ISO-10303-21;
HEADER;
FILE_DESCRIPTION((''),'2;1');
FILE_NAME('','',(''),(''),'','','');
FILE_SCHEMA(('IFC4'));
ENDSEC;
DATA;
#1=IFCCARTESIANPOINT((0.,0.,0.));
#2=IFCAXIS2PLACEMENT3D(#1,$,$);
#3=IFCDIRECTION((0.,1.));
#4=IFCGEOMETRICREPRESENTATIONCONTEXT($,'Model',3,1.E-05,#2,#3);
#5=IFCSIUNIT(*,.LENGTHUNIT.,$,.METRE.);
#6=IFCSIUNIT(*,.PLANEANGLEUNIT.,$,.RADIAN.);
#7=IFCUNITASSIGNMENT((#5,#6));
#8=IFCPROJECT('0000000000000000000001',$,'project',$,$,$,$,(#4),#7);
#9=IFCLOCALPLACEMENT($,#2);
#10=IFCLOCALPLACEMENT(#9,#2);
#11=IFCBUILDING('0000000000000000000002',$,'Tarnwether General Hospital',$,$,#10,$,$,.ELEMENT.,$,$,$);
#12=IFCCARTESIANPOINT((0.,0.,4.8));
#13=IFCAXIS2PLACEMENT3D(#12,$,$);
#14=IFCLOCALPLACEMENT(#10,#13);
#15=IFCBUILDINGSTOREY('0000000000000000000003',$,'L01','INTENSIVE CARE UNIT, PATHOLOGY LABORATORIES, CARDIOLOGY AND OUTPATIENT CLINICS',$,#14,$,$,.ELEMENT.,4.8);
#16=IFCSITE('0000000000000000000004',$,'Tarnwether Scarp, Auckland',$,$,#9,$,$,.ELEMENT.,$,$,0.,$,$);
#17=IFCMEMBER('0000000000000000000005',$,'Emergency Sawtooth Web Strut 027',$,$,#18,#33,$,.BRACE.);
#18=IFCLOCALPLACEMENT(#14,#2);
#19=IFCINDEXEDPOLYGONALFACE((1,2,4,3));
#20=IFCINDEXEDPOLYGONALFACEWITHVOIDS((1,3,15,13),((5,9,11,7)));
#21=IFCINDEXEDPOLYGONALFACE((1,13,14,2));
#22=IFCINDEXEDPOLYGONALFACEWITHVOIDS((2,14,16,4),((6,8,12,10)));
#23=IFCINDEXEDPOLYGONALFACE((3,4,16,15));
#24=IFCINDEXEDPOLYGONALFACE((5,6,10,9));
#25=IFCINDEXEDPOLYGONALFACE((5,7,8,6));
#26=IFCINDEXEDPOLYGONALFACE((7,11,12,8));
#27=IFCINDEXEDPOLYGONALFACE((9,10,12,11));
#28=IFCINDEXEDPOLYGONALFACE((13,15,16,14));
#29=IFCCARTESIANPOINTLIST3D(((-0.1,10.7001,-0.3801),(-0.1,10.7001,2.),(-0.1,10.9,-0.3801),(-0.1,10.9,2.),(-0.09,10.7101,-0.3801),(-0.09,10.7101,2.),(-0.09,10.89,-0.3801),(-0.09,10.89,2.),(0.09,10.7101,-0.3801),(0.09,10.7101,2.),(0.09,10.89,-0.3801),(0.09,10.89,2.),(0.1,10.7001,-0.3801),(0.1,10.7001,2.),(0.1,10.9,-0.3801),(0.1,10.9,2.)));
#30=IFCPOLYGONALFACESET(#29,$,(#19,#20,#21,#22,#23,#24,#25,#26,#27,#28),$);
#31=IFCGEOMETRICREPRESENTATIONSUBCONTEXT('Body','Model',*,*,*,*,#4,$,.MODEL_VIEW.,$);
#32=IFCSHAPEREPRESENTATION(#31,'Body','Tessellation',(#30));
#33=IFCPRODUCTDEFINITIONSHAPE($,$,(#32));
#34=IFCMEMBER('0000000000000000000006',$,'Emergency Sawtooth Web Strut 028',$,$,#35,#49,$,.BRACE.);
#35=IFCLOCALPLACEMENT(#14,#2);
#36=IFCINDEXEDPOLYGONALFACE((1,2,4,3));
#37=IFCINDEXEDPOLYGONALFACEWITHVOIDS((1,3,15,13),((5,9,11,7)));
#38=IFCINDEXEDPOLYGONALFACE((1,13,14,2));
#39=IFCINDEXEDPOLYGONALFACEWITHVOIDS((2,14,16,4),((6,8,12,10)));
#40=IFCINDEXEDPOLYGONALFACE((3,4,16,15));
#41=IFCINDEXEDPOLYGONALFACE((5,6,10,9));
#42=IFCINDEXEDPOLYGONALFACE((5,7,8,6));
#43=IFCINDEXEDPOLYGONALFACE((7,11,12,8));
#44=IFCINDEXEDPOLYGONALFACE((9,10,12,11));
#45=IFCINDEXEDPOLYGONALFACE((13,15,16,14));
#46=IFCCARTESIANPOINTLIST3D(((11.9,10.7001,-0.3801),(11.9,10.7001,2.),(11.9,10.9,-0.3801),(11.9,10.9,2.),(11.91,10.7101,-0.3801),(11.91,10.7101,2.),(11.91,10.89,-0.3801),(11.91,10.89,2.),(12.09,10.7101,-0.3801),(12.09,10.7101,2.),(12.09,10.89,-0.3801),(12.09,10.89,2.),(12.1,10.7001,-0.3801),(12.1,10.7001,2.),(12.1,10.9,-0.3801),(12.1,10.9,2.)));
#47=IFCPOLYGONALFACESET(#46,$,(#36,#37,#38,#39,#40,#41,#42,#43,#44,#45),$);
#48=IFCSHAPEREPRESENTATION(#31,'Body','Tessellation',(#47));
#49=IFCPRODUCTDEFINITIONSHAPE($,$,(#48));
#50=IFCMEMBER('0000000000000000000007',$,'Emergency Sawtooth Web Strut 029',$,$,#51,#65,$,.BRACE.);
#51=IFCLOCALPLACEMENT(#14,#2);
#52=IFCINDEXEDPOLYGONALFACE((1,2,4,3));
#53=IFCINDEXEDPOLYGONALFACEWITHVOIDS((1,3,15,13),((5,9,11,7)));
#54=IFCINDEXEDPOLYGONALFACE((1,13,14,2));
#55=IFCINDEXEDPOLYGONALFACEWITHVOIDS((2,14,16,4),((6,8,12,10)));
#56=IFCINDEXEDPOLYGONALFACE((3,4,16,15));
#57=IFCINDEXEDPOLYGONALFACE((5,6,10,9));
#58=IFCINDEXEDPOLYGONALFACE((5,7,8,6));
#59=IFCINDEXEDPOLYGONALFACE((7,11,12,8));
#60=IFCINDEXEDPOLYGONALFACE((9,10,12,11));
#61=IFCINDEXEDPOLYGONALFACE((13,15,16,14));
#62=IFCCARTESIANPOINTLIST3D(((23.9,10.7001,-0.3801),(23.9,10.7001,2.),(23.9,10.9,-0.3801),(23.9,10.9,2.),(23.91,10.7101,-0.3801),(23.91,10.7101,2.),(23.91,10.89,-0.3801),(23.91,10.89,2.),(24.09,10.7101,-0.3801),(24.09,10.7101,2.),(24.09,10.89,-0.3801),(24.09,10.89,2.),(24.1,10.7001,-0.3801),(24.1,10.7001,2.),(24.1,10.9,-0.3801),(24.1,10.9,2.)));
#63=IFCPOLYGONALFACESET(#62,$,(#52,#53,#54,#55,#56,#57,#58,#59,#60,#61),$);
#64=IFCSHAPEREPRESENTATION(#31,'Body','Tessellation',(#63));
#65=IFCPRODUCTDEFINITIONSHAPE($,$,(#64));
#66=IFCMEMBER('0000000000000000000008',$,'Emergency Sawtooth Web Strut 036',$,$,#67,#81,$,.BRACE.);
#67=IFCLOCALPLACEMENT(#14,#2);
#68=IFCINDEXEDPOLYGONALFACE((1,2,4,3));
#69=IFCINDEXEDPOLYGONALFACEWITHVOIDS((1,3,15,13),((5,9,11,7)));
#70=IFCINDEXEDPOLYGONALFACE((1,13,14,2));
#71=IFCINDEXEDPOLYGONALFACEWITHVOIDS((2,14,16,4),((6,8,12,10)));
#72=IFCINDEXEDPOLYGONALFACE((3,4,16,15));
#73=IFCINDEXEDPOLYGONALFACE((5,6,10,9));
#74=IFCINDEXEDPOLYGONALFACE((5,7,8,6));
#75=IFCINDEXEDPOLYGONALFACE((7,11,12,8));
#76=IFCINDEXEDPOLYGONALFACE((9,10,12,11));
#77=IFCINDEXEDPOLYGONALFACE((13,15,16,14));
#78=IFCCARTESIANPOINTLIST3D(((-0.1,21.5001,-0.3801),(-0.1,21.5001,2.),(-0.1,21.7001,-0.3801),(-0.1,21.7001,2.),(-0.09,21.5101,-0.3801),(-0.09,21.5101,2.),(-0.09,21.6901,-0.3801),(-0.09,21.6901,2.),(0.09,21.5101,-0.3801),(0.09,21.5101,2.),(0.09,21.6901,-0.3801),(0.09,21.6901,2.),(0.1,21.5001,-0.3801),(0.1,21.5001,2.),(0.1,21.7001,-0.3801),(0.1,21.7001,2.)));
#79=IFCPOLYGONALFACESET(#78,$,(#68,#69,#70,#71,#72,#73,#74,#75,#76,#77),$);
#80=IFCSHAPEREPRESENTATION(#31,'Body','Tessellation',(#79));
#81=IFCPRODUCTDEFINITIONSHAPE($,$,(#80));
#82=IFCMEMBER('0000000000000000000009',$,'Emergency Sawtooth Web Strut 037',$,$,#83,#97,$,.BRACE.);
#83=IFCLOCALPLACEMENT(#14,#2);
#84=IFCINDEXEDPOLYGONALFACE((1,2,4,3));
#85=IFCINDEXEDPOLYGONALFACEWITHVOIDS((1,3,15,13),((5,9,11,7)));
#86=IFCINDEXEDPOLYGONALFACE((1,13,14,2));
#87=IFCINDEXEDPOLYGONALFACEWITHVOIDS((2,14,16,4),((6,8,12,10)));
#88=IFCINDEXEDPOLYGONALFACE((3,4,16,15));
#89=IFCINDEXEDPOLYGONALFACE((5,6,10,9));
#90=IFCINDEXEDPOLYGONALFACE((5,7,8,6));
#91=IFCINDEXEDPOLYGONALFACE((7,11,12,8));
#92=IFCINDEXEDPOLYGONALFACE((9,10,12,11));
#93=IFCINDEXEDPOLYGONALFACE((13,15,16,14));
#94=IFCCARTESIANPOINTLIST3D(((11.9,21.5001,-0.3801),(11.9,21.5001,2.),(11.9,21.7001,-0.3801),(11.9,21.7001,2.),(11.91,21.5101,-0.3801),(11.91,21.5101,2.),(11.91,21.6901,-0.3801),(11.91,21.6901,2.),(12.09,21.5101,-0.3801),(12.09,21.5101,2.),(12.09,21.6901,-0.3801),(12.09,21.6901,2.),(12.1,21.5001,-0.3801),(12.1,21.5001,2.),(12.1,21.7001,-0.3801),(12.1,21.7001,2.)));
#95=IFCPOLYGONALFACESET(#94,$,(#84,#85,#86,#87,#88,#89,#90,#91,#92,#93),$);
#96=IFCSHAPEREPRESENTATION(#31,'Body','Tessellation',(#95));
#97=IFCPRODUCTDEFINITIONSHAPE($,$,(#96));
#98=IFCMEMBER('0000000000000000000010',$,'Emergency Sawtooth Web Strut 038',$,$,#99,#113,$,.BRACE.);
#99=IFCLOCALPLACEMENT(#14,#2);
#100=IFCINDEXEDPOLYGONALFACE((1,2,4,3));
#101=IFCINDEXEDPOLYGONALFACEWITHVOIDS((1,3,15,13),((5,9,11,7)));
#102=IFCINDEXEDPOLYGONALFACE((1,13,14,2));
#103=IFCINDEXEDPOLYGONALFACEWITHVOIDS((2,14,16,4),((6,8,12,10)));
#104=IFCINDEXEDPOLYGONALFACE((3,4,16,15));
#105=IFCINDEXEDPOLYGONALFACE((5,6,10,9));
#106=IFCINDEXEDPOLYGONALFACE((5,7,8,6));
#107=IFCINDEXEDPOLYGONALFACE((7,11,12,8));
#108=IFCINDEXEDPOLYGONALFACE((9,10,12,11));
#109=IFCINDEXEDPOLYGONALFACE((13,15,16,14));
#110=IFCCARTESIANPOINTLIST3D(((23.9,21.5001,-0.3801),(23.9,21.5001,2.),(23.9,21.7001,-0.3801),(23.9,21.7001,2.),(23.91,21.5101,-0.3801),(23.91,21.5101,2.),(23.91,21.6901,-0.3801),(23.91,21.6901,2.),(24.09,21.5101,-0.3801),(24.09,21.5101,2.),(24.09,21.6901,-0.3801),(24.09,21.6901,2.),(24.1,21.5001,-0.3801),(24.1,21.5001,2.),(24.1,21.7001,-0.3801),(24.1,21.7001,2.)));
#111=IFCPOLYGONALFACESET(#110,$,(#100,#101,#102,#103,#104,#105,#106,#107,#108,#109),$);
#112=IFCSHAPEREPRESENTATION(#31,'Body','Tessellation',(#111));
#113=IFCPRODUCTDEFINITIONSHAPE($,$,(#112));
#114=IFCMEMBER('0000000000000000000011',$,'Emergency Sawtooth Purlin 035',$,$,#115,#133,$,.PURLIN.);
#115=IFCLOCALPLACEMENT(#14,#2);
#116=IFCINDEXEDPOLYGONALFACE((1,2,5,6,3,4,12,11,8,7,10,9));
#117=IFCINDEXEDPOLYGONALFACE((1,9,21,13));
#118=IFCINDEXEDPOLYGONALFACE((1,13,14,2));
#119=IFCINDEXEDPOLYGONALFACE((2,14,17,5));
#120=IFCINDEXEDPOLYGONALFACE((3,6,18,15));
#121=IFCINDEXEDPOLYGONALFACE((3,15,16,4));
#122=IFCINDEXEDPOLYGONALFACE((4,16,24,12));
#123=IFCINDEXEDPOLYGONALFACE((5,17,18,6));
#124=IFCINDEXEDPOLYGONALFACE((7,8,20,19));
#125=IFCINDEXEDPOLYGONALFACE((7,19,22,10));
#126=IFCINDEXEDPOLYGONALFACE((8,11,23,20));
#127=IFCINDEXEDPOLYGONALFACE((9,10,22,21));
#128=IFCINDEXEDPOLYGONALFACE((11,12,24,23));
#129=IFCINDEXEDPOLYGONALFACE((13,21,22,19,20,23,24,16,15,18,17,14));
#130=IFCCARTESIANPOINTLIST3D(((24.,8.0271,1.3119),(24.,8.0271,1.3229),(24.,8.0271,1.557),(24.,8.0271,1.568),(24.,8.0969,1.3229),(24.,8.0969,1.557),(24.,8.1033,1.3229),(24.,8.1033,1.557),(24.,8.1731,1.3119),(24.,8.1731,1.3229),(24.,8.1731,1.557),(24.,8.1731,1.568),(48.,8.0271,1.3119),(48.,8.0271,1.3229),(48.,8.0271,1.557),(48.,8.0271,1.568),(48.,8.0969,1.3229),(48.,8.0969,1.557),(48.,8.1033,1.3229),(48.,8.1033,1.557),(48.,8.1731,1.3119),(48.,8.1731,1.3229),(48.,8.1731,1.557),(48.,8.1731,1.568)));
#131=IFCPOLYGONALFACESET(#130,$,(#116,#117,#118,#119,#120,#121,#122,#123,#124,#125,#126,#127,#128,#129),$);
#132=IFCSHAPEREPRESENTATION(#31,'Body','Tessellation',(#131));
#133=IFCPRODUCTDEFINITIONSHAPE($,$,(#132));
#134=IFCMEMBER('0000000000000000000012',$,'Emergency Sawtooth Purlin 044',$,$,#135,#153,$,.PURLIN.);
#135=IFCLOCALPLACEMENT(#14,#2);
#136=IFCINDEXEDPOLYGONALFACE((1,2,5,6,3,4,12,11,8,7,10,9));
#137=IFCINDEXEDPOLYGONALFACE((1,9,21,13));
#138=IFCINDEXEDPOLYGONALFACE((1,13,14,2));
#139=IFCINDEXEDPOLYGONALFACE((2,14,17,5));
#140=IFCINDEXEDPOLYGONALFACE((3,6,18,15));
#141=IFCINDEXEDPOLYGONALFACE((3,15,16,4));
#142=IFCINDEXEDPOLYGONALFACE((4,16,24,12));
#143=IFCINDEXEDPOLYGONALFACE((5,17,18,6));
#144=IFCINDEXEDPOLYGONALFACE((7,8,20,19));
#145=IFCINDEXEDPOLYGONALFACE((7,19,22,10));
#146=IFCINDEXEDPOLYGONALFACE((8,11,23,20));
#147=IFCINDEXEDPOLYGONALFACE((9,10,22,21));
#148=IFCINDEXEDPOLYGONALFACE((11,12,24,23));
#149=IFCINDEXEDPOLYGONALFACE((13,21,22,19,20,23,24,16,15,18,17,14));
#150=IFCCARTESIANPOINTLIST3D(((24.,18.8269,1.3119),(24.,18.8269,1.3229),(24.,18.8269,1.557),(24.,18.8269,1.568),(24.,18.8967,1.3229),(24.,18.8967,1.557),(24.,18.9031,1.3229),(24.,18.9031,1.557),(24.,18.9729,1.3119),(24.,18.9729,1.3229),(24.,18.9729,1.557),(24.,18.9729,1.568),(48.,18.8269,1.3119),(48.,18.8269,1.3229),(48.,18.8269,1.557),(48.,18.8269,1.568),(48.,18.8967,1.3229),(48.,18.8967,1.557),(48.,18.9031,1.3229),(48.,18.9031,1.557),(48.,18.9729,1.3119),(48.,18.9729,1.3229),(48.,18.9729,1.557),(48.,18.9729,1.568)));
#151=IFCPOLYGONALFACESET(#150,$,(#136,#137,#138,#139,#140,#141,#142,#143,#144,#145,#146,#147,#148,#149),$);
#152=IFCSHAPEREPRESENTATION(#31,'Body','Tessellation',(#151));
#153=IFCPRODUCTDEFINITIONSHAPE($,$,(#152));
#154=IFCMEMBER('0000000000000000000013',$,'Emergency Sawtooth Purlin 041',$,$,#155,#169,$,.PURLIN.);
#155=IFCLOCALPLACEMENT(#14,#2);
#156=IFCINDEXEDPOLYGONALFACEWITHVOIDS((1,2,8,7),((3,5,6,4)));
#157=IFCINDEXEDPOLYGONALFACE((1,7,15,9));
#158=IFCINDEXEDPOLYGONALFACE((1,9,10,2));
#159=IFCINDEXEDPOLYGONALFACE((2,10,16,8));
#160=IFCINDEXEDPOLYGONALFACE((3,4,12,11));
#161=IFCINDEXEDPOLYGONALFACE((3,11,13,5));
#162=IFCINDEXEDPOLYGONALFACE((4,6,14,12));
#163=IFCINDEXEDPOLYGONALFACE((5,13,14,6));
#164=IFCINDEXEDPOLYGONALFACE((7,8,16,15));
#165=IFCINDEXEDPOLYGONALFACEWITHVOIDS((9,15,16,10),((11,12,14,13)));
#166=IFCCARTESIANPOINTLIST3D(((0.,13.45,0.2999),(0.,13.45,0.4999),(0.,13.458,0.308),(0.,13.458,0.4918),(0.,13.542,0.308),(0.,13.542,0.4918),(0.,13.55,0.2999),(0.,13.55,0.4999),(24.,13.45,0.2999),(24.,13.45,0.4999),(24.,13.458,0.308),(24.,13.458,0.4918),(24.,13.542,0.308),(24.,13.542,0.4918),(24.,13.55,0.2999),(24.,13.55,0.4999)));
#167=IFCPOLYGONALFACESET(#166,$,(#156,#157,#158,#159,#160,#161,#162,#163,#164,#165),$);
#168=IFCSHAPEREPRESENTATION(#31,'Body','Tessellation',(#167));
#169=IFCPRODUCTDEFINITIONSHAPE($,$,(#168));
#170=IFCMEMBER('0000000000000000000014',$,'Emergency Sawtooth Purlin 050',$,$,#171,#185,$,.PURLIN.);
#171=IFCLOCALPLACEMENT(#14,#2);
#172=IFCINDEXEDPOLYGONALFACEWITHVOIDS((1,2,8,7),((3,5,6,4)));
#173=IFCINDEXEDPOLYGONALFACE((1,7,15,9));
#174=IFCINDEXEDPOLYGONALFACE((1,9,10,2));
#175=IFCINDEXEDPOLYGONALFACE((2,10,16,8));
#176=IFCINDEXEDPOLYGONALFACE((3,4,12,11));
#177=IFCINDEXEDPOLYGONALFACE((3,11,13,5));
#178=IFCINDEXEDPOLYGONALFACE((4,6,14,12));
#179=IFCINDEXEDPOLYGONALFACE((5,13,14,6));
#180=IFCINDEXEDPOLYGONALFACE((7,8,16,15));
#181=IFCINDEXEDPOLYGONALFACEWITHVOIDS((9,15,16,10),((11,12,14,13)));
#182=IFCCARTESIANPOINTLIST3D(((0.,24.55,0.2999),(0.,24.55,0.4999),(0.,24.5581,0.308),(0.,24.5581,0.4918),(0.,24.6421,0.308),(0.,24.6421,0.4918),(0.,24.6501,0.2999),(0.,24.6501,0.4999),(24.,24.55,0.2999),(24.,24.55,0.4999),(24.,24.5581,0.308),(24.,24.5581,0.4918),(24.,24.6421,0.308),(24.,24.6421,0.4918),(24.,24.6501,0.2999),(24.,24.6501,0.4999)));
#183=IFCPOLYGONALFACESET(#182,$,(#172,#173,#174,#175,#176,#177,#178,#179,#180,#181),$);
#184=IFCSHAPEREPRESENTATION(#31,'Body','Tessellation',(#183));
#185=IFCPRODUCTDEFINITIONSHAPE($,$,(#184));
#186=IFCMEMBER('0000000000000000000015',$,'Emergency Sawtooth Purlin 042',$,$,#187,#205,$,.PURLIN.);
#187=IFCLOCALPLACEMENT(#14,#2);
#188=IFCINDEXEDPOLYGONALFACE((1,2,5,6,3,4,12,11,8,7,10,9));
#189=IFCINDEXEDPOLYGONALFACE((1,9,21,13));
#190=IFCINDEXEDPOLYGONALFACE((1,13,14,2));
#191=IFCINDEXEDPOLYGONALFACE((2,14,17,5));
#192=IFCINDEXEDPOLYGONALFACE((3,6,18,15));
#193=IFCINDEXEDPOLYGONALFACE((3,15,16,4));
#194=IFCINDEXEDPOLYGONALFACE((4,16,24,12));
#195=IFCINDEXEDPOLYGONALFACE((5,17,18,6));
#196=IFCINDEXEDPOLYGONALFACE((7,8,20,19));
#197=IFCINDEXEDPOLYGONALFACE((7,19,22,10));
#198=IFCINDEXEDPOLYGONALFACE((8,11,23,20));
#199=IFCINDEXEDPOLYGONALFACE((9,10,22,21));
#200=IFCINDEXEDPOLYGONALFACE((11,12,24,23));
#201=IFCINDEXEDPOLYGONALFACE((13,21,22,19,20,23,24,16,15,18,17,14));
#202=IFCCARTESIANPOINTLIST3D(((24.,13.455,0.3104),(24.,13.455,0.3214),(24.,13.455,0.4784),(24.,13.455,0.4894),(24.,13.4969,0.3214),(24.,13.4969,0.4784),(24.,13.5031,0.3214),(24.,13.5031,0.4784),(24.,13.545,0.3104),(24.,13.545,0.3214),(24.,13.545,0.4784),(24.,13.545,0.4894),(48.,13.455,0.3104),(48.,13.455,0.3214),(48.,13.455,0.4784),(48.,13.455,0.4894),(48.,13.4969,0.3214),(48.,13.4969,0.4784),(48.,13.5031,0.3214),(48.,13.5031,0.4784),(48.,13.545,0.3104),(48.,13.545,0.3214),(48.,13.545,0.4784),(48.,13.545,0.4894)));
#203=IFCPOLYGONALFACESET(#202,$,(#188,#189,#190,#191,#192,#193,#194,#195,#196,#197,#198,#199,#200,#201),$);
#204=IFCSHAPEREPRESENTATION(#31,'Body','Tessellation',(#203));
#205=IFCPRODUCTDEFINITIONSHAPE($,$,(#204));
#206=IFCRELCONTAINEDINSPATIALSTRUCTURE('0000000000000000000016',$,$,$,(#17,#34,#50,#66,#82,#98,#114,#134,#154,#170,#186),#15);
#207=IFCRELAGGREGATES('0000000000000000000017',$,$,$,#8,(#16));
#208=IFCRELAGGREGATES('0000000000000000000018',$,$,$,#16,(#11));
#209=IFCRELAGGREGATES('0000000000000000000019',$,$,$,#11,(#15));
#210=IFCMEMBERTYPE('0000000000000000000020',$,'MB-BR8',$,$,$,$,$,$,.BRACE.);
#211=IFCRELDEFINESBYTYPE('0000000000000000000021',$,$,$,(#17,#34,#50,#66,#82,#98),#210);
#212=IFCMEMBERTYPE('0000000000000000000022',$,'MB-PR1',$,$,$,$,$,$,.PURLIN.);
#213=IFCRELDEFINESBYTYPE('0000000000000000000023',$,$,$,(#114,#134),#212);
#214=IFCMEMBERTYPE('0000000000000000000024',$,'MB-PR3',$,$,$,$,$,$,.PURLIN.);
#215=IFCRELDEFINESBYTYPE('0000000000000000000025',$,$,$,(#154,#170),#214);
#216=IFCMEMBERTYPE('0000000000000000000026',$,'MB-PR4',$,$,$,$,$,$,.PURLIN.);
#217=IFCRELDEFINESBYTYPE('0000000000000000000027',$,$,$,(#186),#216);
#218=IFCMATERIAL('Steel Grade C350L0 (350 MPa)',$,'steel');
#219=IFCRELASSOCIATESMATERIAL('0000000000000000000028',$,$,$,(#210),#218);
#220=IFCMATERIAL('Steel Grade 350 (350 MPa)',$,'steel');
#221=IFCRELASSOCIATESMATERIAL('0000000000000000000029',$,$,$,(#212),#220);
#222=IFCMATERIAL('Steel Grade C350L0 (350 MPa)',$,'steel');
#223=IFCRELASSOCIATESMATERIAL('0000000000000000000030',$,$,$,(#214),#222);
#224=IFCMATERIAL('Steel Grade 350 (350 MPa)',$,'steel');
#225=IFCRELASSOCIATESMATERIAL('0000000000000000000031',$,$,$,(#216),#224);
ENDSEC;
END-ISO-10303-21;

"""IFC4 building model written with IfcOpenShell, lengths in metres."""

from ifc_helpers import new_model, si_unit, direction, frame, origin, origin_2d, place, context, subcontext, project, spatial, hollow_rectangle, i_section, extrude, material, material_profile, profile_set, type_object, element, save


model = new_model("IFC4")

# Units and contexts
model_context = context("Model", 3, precision=1e-05, world=origin(), true_north=direction((0.0, 1.0)))
body_context = subcontext(model_context, "Body", "Model", "MODEL_VIEW")
ifc_project = project(units=[si_unit("LENGTHUNIT", "METRE"), si_unit("PLANEANGLEUNIT", "RADIAN")], contexts=[model_context])

# Site, building, storey
site_placement = place(None, origin())
site = spatial("IfcSite", under=ifc_project, at=site_placement, Name="Tarnwether Scarp, Auckland", CompositionType="ELEMENT", RefElevation=0.0)
building_placement = place(site_placement, origin())
building = spatial("IfcBuilding", under=site, at=building_placement, Name="Tarnwether General Hospital", CompositionType="ELEMENT")
storey_placement = place(building_placement, frame((0.0, 0.0, 4.8)))
storey = spatial("IfcBuildingStorey", under=building, at=storey_placement, Name="L01", Description="INTENSIVE CARE UNIT, PATHOLOGY LABORATORIES, CARDIOLOGY AND OUTPATIENT CLINICS", CompositionType="ELEMENT", Elevation=4.8)

# Members
ifc_material_1 = material(Name="Steel Grade C350L0 (350 MPa)", Category="steel")
ifc_material_profile_1 = material_profile(ifc_material_1, hollow_rectangle(XDim=0.2, YDim=0.2, WallThickness=0.01, at=origin_2d()), Name="SHS200x200x10")
ifc_profile_set_1 = profile_set([ifc_material_profile_1], Name="Steel Grade C350L0 (350 MPa)")
member_type_1 = type_object("IfcMemberType", Name="MB-BR8", PredefinedType="BRACE", material=ifc_profile_set_1)
for number, where, z_axis, x_axis, name in (
    (1, (0.0, 10.8, -0.3801), (0.0, 0.0, 1.0), (1.0, 0.0, 0.0), "Emergency Sawtooth Web Strut 027"),
    (2, (12.0, 10.8, -0.3801), (0.0, 0.0, 1.0), (1.0, 0.0, 0.0), "Emergency Sawtooth Web Strut 028"),
    (3, (24.0, 10.8, -0.3801), (0.0, 0.0, 1.0), (1.0, 0.0, 0.0), "Emergency Sawtooth Web Strut 029"),
    (4, (0.0, 21.6001, -0.3801), (0.0, 0.0, 1.0), (1.0, 0.0, 0.0), "Emergency Sawtooth Web Strut 036"),
    (5, (12.0, 21.6001, -0.3801), (0.0, 0.0, 1.0), (1.0, 0.0, 0.0), "Emergency Sawtooth Web Strut 037"),
    (6, (24.0, 21.6001, -0.3801), (0.0, 0.0, 1.0), (1.0, 0.0, 0.0), "Emergency Sawtooth Web Strut 038"),
):
    element("IfcMember", number, at=place(storey_placement, frame(where, z_axis=z_axis, x_axis=x_axis)), inside=storey, type_object=member_type_1, Name=name, PredefinedType="BRACE", context=body_context, shape_type="SweptSolid", body=[
        extrude(hollow_rectangle(XDim=0.2, YDim=0.2, WallThickness=0.01, at=origin_2d()), origin(), (0.0, 0.0, 1.0), 2.3801),
    ])
ifc_material_2 = material(Name="Steel Grade 350 (350 MPa)", Category="steel")
ifc_material_profile_2 = material_profile(ifc_material_2, i_section(OverallWidth=0.146, OverallDepth=0.2561, WebThickness=0.0063, FlangeThickness=0.011, at=origin_2d()), Name="250UB37.3")
ifc_profile_set_2 = profile_set([ifc_material_profile_2], Name="Steel Grade 350 (350 MPa)")
member_type_2 = type_object("IfcMemberType", Name="MB-PR1", PredefinedType="PURLIN", material=ifc_profile_set_2)
for number, where, z_axis, x_axis, name in (
    (7, (24.0, 8.1001, 1.4399), (1.0, 0.0, 0.0), (0.0, 1.0, 0.0), "Emergency Sawtooth Purlin 035"),
    (8, (24.0, 18.8999, 1.4399), (1.0, 0.0, 0.0), (0.0, 1.0, 0.0), "Emergency Sawtooth Purlin 044"),
):
    element("IfcMember", number, at=place(storey_placement, frame(where, z_axis=z_axis, x_axis=x_axis)), inside=storey, type_object=member_type_2, Name=name, PredefinedType="PURLIN", context=body_context, shape_type="SweptSolid", body=[
        extrude(i_section(OverallWidth=0.146, OverallDepth=0.2561, WebThickness=0.0063, FlangeThickness=0.011, at=origin_2d()), origin(), (0.0, 0.0, 1.0), 24.0),
    ])
ifc_material_3 = material(Name="Steel Grade C350L0 (350 MPa)", Category="steel")
ifc_material_profile_3 = material_profile(ifc_material_3, hollow_rectangle(XDim=0.1001, YDim=0.2, WallThickness=0.0081, at=origin_2d()), Name="RHS200x100x8")
ifc_profile_set_3 = profile_set([ifc_material_profile_3], Name="Steel Grade C350L0 (350 MPa)")
member_type_3 = type_object("IfcMemberType", Name="MB-PR3", PredefinedType="PURLIN", material=ifc_profile_set_3)
for number, where, z_axis, x_axis, name in (
    (9, (0.0, 13.5, 0.3999), (1.0, 0.0, 0.0), (0.0, 1.0, 0.0), "Emergency Sawtooth Purlin 041"),
    (10, (0.0, 24.6001, 0.3999), (1.0, 0.0, 0.0), (0.0, 1.0, 0.0), "Emergency Sawtooth Purlin 050"),
):
    element("IfcMember", number, at=place(storey_placement, frame(where, z_axis=z_axis, x_axis=x_axis)), inside=storey, type_object=member_type_3, Name=name, PredefinedType="PURLIN", context=body_context, shape_type="SweptSolid", body=[
        extrude(hollow_rectangle(XDim=0.1001, YDim=0.2, WallThickness=0.0081, at=origin_2d()), origin(), (0.0, 0.0, 1.0), 24.0),
    ])
ifc_material_4 = material(Name="Steel Grade 350 (350 MPa)", Category="steel")
ifc_material_profile_4 = material_profile(ifc_material_4, i_section(OverallWidth=0.0901, OverallDepth=0.179, WebThickness=0.0061, FlangeThickness=0.011, at=origin_2d()), Name="180UB22.2")
ifc_profile_set_4 = profile_set([ifc_material_profile_4], Name="Steel Grade 350 (350 MPa)")
member_type_4 = type_object("IfcMemberType", Name="MB-PR4", PredefinedType="PURLIN", material=ifc_profile_set_4)
for number, where, z_axis, x_axis, name in (
    (11, (24.0, 13.5, 0.3999), (1.0, 0.0, 0.0), (0.0, 1.0, 0.0), "Emergency Sawtooth Purlin 042"),
):
    element("IfcMember", number, at=place(storey_placement, frame(where, z_axis=z_axis, x_axis=x_axis)), inside=storey, type_object=member_type_4, Name=name, PredefinedType="PURLIN", context=body_context, shape_type="SweptSolid", body=[
        extrude(i_section(OverallWidth=0.0901, OverallDepth=0.179, WebThickness=0.0061, FlangeThickness=0.011, at=origin_2d()), origin(), (0.0, 0.0, 1.0), 24.0),
    ])

save(model, "model.ifc")
